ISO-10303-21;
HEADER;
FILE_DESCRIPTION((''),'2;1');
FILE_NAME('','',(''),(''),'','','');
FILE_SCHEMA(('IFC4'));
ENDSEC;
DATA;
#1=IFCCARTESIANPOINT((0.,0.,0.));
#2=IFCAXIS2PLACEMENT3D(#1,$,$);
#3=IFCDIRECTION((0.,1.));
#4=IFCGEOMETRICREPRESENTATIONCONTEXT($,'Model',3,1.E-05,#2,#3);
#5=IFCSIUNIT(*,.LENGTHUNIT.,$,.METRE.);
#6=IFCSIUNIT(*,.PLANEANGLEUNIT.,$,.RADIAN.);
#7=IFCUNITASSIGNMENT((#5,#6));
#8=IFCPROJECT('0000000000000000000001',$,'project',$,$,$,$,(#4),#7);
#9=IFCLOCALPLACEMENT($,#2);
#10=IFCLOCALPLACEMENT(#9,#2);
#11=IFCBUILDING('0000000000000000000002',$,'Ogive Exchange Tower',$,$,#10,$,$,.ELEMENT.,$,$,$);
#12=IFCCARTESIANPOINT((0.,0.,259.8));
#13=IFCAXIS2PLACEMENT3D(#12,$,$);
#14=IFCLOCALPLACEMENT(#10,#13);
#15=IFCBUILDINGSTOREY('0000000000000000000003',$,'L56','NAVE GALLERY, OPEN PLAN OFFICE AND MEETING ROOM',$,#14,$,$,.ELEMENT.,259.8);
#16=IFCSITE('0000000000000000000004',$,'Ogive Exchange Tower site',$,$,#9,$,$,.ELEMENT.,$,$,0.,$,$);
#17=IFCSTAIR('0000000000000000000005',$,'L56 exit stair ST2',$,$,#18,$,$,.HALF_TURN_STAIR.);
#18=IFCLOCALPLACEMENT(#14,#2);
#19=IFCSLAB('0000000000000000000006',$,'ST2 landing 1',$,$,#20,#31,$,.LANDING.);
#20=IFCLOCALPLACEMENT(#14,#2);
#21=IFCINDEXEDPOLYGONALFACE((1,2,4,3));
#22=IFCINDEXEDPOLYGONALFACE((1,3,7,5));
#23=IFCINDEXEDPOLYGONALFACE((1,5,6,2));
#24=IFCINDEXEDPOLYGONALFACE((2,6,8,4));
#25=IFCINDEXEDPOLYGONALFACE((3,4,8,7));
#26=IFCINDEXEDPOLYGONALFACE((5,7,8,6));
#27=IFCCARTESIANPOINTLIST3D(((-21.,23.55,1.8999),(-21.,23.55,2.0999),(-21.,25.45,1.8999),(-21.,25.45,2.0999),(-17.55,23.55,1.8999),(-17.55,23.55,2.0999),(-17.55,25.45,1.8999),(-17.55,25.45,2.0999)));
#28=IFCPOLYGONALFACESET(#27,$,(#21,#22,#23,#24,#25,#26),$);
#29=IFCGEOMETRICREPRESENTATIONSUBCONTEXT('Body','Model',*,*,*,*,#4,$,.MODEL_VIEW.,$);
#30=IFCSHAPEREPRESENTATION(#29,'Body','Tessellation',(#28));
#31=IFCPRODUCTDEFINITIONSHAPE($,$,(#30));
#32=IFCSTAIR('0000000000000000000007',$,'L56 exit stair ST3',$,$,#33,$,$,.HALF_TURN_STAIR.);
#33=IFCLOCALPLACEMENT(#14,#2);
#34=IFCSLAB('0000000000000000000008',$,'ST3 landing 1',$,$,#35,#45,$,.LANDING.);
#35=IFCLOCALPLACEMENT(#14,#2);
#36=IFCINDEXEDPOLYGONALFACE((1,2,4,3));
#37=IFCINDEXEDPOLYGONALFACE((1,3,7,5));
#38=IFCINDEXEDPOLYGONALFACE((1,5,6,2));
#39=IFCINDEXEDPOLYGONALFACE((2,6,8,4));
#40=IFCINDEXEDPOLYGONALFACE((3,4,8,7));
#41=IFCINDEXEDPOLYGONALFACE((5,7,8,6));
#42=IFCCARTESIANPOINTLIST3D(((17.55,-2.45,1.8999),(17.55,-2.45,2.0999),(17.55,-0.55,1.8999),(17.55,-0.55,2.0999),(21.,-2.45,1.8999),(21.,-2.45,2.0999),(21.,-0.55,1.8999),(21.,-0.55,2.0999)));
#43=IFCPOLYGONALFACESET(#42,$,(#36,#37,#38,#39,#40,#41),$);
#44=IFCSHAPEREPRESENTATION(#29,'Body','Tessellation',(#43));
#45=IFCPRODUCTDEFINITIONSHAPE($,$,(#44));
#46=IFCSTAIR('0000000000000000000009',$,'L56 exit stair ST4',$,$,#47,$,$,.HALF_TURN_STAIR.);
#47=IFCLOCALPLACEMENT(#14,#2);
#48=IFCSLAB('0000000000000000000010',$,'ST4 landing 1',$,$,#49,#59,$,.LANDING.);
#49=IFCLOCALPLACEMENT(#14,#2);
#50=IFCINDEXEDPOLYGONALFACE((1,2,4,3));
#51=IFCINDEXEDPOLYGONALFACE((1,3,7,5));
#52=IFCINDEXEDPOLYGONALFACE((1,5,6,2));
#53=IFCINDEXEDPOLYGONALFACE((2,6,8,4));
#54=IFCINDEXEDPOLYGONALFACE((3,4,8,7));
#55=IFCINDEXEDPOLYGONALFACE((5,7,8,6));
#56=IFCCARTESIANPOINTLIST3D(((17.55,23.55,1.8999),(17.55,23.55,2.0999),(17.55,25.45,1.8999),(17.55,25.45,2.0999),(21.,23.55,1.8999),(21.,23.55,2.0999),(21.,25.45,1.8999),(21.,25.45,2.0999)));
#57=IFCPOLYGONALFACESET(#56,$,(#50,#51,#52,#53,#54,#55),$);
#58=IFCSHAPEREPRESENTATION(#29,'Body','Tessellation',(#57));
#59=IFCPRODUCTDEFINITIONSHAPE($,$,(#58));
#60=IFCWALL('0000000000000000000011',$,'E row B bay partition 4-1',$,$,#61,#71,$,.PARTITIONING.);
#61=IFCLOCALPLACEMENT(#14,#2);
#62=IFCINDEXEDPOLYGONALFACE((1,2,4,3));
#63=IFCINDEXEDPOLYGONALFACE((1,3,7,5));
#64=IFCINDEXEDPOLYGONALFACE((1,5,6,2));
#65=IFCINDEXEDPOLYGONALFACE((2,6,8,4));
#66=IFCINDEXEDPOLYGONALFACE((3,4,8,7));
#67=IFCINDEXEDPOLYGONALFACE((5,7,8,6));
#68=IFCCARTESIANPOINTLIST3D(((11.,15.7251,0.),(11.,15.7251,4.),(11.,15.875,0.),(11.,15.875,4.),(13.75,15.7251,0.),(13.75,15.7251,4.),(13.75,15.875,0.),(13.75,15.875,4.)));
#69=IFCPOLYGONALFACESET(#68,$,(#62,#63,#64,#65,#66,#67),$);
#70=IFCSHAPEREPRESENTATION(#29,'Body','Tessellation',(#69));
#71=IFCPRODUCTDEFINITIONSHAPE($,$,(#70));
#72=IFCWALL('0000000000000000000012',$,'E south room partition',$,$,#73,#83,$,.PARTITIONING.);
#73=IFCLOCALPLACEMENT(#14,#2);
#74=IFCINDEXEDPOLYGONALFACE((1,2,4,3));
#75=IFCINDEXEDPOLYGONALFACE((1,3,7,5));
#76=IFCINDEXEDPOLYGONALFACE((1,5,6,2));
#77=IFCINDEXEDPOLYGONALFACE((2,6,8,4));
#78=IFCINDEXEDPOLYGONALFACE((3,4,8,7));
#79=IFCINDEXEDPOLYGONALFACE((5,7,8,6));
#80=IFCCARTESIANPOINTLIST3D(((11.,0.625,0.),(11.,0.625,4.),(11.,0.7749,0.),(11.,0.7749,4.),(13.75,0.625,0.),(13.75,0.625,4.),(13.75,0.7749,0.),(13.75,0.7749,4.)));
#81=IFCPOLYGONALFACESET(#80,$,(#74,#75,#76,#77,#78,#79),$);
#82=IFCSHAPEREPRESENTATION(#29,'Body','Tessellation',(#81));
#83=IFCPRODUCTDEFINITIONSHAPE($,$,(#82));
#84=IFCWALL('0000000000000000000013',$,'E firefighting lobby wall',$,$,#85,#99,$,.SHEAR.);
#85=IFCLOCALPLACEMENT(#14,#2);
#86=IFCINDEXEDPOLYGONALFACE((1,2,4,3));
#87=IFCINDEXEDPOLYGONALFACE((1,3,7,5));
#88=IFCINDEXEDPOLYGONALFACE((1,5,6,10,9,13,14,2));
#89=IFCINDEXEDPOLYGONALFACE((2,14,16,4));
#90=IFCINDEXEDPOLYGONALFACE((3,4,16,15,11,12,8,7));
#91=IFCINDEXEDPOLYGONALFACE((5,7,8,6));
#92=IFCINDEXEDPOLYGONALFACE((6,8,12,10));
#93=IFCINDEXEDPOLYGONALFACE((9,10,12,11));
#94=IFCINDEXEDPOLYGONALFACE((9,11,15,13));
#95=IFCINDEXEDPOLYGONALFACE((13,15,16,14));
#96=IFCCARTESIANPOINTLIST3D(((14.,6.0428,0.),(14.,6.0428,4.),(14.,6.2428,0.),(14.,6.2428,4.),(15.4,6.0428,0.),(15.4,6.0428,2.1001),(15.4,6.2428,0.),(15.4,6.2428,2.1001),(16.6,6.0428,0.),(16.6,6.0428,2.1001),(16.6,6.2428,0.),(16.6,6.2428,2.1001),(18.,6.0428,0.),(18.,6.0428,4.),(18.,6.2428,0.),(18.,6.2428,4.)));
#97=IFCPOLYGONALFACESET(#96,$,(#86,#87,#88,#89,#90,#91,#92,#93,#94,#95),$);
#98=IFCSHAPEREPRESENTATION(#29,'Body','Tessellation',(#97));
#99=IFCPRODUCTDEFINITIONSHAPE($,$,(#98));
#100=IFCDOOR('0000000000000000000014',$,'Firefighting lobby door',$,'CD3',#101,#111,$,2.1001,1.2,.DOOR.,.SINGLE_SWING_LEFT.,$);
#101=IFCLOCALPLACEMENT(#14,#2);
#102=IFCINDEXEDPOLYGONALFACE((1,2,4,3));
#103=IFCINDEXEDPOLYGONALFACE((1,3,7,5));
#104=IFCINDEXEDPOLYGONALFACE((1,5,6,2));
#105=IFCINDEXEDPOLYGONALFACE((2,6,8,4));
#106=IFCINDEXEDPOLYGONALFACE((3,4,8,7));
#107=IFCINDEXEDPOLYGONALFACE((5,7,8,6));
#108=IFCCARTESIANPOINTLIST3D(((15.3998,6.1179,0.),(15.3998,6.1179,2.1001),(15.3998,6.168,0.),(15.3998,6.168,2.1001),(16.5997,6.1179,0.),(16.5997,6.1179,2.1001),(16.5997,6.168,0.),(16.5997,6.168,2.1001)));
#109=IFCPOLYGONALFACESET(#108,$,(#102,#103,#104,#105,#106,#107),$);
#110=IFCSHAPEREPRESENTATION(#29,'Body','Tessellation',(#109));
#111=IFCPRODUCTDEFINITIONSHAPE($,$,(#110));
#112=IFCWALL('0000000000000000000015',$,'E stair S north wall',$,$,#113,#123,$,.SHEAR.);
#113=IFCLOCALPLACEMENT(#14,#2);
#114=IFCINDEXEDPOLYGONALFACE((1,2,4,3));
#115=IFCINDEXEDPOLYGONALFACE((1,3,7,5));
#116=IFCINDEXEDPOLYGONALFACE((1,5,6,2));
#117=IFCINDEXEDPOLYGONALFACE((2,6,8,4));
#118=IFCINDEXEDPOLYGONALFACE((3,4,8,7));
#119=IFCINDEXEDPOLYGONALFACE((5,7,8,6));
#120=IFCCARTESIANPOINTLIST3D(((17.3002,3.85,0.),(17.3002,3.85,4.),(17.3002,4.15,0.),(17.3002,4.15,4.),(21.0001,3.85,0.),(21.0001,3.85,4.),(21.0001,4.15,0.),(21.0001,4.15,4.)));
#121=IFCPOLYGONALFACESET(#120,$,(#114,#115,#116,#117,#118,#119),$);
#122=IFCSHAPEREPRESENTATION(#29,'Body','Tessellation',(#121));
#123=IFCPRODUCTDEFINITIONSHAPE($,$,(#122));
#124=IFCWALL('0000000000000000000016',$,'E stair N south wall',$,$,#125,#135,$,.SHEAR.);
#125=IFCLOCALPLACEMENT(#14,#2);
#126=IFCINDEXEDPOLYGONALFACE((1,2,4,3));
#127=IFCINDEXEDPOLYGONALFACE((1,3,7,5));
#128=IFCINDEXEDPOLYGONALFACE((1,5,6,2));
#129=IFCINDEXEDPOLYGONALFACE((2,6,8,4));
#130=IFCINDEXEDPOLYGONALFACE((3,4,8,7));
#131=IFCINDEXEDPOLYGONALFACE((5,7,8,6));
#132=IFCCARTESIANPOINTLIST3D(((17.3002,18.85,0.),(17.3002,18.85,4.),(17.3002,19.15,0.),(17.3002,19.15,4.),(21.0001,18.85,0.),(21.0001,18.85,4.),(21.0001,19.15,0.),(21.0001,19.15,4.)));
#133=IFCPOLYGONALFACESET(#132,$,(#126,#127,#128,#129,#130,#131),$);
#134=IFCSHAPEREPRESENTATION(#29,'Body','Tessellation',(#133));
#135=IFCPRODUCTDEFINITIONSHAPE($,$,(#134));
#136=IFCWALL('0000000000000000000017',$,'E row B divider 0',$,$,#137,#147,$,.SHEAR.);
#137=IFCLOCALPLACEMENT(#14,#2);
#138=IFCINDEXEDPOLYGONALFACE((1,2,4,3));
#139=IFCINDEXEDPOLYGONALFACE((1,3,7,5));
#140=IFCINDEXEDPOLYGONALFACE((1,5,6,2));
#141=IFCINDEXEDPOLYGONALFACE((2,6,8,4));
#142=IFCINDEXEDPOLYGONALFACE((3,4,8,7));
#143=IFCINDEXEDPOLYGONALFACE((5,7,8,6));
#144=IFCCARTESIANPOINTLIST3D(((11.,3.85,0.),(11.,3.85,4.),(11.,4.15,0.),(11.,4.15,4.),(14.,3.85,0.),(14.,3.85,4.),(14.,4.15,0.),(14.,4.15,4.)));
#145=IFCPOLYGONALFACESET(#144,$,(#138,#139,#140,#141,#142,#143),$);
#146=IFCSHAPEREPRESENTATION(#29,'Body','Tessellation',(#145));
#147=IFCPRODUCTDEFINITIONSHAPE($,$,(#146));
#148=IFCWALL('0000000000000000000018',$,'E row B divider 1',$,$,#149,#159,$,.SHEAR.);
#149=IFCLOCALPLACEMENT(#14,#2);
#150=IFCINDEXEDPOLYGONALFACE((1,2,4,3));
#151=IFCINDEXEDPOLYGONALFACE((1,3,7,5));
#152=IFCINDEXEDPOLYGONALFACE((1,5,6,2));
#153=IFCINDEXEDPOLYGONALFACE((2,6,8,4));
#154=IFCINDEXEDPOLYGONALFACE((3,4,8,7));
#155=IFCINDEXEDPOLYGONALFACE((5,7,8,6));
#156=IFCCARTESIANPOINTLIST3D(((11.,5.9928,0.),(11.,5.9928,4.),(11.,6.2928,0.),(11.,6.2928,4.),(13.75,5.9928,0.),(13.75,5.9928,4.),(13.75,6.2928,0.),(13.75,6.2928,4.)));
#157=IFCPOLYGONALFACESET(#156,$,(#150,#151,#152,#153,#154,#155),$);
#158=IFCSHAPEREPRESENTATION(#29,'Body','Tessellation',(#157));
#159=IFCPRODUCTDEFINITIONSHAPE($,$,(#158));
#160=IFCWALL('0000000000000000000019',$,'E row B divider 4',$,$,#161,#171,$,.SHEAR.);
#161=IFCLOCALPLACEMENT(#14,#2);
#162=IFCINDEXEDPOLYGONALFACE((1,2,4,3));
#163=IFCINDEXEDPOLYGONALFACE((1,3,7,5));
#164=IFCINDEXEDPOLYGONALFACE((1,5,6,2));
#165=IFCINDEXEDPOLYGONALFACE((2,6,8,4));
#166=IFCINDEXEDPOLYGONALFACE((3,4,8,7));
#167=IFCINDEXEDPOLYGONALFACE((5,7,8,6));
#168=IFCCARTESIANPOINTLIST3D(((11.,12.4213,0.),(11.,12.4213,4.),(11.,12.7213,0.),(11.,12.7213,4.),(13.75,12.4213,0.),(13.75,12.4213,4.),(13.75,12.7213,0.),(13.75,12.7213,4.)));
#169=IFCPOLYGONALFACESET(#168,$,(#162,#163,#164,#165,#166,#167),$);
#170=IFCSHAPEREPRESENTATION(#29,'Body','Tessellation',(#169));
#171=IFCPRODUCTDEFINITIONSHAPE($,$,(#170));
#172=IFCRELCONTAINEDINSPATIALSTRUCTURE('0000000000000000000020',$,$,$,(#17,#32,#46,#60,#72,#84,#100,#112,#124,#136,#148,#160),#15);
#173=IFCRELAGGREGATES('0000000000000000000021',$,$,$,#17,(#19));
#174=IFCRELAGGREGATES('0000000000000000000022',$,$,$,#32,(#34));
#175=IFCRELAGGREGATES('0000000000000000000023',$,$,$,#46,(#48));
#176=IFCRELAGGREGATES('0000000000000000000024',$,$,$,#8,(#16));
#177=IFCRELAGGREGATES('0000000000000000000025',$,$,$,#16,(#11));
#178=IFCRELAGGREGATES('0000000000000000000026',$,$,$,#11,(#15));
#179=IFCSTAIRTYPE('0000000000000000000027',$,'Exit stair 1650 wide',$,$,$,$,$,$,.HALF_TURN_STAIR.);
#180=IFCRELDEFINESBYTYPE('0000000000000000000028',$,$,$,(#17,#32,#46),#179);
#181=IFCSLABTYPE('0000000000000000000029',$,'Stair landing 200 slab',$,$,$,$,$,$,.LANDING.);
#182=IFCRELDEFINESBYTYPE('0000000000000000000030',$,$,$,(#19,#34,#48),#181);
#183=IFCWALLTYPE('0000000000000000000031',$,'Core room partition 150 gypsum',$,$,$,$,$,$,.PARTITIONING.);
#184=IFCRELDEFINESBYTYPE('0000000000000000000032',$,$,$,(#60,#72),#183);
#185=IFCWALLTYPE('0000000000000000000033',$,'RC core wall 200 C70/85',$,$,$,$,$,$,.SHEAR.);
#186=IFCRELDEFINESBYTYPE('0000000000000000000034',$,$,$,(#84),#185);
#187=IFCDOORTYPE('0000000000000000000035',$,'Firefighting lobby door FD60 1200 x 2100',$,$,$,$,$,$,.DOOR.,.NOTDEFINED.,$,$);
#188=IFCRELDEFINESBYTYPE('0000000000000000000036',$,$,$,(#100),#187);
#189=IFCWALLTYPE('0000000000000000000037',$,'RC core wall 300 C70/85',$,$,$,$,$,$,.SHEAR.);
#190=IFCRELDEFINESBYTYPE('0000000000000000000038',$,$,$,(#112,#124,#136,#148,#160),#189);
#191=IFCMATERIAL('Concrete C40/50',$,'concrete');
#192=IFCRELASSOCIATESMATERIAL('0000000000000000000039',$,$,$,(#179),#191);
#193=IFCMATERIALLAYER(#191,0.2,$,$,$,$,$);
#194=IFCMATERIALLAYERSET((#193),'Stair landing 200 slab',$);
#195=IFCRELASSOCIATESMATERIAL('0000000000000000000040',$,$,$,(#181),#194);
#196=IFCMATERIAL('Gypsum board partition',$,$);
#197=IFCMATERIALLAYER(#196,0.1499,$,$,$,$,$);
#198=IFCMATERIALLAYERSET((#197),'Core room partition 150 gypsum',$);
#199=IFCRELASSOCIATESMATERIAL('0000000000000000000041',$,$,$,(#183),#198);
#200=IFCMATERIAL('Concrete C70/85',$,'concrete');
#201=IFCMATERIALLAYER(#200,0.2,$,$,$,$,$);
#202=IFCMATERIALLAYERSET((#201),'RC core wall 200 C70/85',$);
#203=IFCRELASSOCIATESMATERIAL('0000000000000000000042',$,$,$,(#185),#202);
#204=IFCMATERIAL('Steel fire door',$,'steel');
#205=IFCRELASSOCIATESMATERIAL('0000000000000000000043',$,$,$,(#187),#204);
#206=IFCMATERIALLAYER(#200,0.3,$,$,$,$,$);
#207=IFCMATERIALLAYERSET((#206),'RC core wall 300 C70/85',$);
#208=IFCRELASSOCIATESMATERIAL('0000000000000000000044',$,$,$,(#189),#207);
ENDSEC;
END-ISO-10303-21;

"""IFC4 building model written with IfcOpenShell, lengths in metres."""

from ifc_helpers import new_model, si_unit, direction, frame, frame_2d, origin, place, context, subcontext, project, spatial, polyline, rectangle, outline, extrude, material, layer, layer_set, type_object, element, fill, aggregate, save


model = new_model("IFC4")

# Units and contexts
model_context = context("Model", 3, precision=1e-05, world=origin(), true_north=direction((0.0, 1.0)))
body_context = subcontext(model_context, "Body", "Model", "MODEL_VIEW")
ifc_project = project(units=[si_unit("LENGTHUNIT", "METRE"), si_unit("PLANEANGLEUNIT", "RADIAN")], contexts=[model_context])

# Site, building, storey
site_placement = place(None, origin())
site = spatial("IfcSite", under=ifc_project, at=site_placement, Name="Ogive Exchange Tower site", CompositionType="ELEMENT", RefElevation=0.0)
building_placement = place(site_placement, origin())
building = spatial("IfcBuilding", under=site, at=building_placement, Name="Ogive Exchange Tower", CompositionType="ELEMENT")
storey_placement = place(building_placement, frame((0.0, 0.0, 259.8)))
storey = spatial("IfcBuildingStorey", under=building, at=storey_placement, Name="L56", Description="NAVE GALLERY, OPEN PLAN OFFICE AND MEETING ROOM", CompositionType="ELEMENT", Elevation=259.8)

# Shared definitions
ifc_material_1 = material(Name="Concrete C70/85", Category="concrete")

# Stairs, slabs
ifc_material_2 = material(Name="Concrete C40/50", Category="concrete")
stair_type = type_object("IfcStairType", Name="Exit stair 1650 wide", PredefinedType="HALF_TURN_STAIR", material=ifc_material_2)
ifc_layer_1 = layer(ifc_material_2, 0.2)
ifc_layer_set_1 = layer_set([ifc_layer_1], Name="Stair landing 200 slab")
slab_type_1 = type_object("IfcSlabType", Name="Stair landing 200 slab", PredefinedType="LANDING", material=ifc_layer_set_1)
stair_1_placement = place(storey_placement, origin())
stair_1 = element("IfcStair", 1, at=stair_1_placement, inside=storey, type_object=stair_type, Name="L56 exit stair ST2", PredefinedType="HALF_TURN_STAIR")
slab_1_placement = place(storey_placement, frame((0.0, 0.0, 1.8999)))
slab_1 = element("IfcSlab", 2, at=slab_1_placement, type_object=slab_type_1, Name="ST2 landing 1", PredefinedType="LANDING", context=body_context, shape_type="SweptSolid", body=[
    extrude(outline(polyline([(-17.55, 23.55), (-17.55, 25.45), (-21.0, 25.45), (-21.0, 23.55), (-17.55, 23.55)])), origin(), (0.0, 0.0, 1.0), 0.2),
])
aggregate(stair_1, [slab_1])
stair_2_placement = place(storey_placement, origin())
stair_2 = element("IfcStair", 3, at=stair_2_placement, inside=storey, type_object=stair_type, Name="L56 exit stair ST3", PredefinedType="HALF_TURN_STAIR")
slab_2_placement = place(storey_placement, frame((0.0, 0.0, 1.8999)))
slab_2 = element("IfcSlab", 4, at=slab_2_placement, type_object=slab_type_1, Name="ST3 landing 1", PredefinedType="LANDING", context=body_context, shape_type="SweptSolid", body=[
    extrude(outline(polyline([(17.55, -0.55), (17.55, -2.45), (21.0, -2.45), (21.0, -0.55), (17.55, -0.55)])), origin(), (0.0, 0.0, 1.0), 0.2),
])
aggregate(stair_2, [slab_2])
stair_3_placement = place(storey_placement, origin())
stair_3 = element("IfcStair", 5, at=stair_3_placement, inside=storey, type_object=stair_type, Name="L56 exit stair ST4", PredefinedType="HALF_TURN_STAIR")
slab_3_placement = place(storey_placement, frame((0.0, 0.0, 1.8999)))
slab_3 = element("IfcSlab", 6, at=slab_3_placement, type_object=slab_type_1, Name="ST4 landing 1", PredefinedType="LANDING", context=body_context, shape_type="SweptSolid", body=[
    extrude(outline(polyline([(21.0, 23.55), (21.0, 25.45), (17.55, 25.45), (17.55, 23.55), (21.0, 23.55)])), origin(), (0.0, 0.0, 1.0), 0.2),
])
aggregate(stair_3, [slab_3])

# Walls
ifc_material_3 = material(Name="Gypsum board partition")
ifc_layer_2 = layer(ifc_material_3, 0.1499)
ifc_layer_set_2 = layer_set([ifc_layer_2], Name="Core room partition 150 gypsum")
wall_type_1 = type_object("IfcWallType", Name="Core room partition 150 gypsum", PredefinedType="PARTITIONING", material=ifc_layer_set_2)
for number, where, z_axis, x_axis, name in (
    (7, (11.0, 15.8, 0.0), (0.0, 0.0, 1.0), (1.0, 0.0, 0.0), "E row B bay partition 4-1"),
    (8, (11.0, 0.7, 0.0), (0.0, 0.0, 1.0), (1.0, 0.0, 0.0), "E south room partition"),
):
    element("IfcWall", number, at=place(storey_placement, frame(where, z_axis=z_axis, x_axis=x_axis)), inside=storey, type_object=wall_type_1, Name=name, PredefinedType="PARTITIONING", context=body_context, shape_type="SweptSolid", body=[
        extrude(rectangle(XDim=2.75, YDim=0.1499, at=frame_2d((1.375, 0.0))), origin(), (0.0, 0.0, 1.0), 4.0),
    ])

# Wall, opening, door
ifc_layer_3 = layer(ifc_material_1, 0.2)
ifc_layer_set_3 = layer_set([ifc_layer_3], Name="RC core wall 200 C70/85")
wall_type_2 = type_object("IfcWallType", Name="RC core wall 200 C70/85", PredefinedType="SHEAR", material=ifc_layer_set_3)
wall_1_placement = place(storey_placement, frame((14.0, 6.1428, 0.0), z_axis=(0.0, 0.0, 1.0), x_axis=(1.0, 0.0, 0.0)))
wall_1 = element("IfcWall", 9, at=wall_1_placement, inside=storey, type_object=wall_type_2, Name="E firefighting lobby wall", PredefinedType="SHEAR", context=body_context, shape_type="SweptSolid", body=[
    extrude(rectangle(XDim=4.0, YDim=0.2, at=frame_2d((2.0, 0.0))), origin(), (0.0, 0.0, 1.0), 4.0),
])
opening_placement = place(wall_1_placement, frame((1.3999, 0.0, 0.0)))
opening = element("IfcOpeningElement", 10, at=opening_placement, cuts=wall_1, PredefinedType="OPENING", context=body_context, shape_type="SweptSolid", body=[
    extrude(rectangle(XDim=1.2, YDim=2.1001, at=frame_2d((0.6001, 1.05))), frame((0.0, 0.1099, 0.0), z_axis=(0.0, -1.0, 0.0), x_axis=(1.0, 0.0, 0.0)), (0.0, 0.0, 1.0), 0.22),
])
ifc_material_4 = material(Name="Steel fire door", Category="steel")
door_type = type_object("IfcDoorType", Name="Firefighting lobby door FD60 1200 x 2100", OperationType="NOTDEFINED", PredefinedType="DOOR", material=ifc_material_4)
door_placement = place(opening_placement, frame((1.2, 0.0, 0.0), z_axis=(0.0, 0.0, 1.0), x_axis=(-1.0, 0.0, 0.0)))
door = element("IfcDoor", 11, at=door_placement, inside=storey, type_object=door_type, Name="Firefighting lobby door", ObjectType="CD3", OperationType="SINGLE_SWING_LEFT", OverallHeight=2.1001, OverallWidth=1.2, PredefinedType="DOOR", context=body_context, shape_type="SweptSolid", body=[
    extrude(rectangle(XDim=1.2, YDim=2.1001, at=frame_2d((0.6001, 1.05))), frame((0.0, 0.0249, 0.0), z_axis=(0.0, -1.0, 0.0), x_axis=(1.0, 0.0, 0.0)), (0.0, 0.0, 1.0), 0.05),
])
fill(opening, door)

# Walls
ifc_layer_4 = layer(ifc_material_1, 0.3)
ifc_layer_set_4 = layer_set([ifc_layer_4], Name="RC core wall 300 C70/85")
wall_type_3 = type_object("IfcWallType", Name="RC core wall 300 C70/85", PredefinedType="SHEAR", material=ifc_layer_set_4)
for number, where, z_axis, x_axis, name in (
    (12, (17.3, 4.0, 0.0), (0.0, 0.0, 1.0), (1.0, 0.0, 0.0), "E stair S north wall"),
    (13, (17.3, 19.0, 0.0), (0.0, 0.0, 1.0), (1.0, 0.0, 0.0), "E stair N south wall"),
):
    element("IfcWall", number, at=place(storey_placement, frame(where, z_axis=z_axis, x_axis=x_axis)), inside=storey, type_object=wall_type_3, Name=name, PredefinedType="SHEAR", context=body_context, shape_type="SweptSolid", body=[
        extrude(rectangle(XDim=3.7, YDim=0.3, at=frame_2d((1.8501, 0.0))), origin(), (0.0, 0.0, 1.0), 4.0),
    ])
wall_2_placement = place(storey_placement, frame((11.0, 4.0, 0.0), z_axis=(0.0, 0.0, 1.0), x_axis=(1.0, 0.0, 0.0)))
element("IfcWall", 14, at=wall_2_placement, inside=storey, type_object=wall_type_3, Name="E row B divider 0", PredefinedType="SHEAR", context=body_context, shape_type="SweptSolid", body=[
    extrude(rectangle(XDim=3.0, YDim=0.3, at=frame_2d((1.5, 0.0))), origin(), (0.0, 0.0, 1.0), 4.0),
])
for number, where, z_axis, x_axis, name in (
    (15, (11.0, 6.1428, 0.0), (0.0, 0.0, 1.0), (1.0, 0.0, 0.0), "E row B divider 1"),
    (16, (11.0, 12.5713, 0.0), (0.0, 0.0, 1.0), (1.0, 0.0, 0.0), "E row B divider 4"),
):
    element("IfcWall", number, at=place(storey_placement, frame(where, z_axis=z_axis, x_axis=x_axis)), inside=storey, type_object=wall_type_3, Name=name, PredefinedType="SHEAR", context=body_context, shape_type="SweptSolid", body=[
        extrude(rectangle(XDim=2.75, YDim=0.3, at=frame_2d((1.375, 0.0))), origin(), (0.0, 0.0, 1.0), 4.0),
    ])

save(model, "model.ifc")
